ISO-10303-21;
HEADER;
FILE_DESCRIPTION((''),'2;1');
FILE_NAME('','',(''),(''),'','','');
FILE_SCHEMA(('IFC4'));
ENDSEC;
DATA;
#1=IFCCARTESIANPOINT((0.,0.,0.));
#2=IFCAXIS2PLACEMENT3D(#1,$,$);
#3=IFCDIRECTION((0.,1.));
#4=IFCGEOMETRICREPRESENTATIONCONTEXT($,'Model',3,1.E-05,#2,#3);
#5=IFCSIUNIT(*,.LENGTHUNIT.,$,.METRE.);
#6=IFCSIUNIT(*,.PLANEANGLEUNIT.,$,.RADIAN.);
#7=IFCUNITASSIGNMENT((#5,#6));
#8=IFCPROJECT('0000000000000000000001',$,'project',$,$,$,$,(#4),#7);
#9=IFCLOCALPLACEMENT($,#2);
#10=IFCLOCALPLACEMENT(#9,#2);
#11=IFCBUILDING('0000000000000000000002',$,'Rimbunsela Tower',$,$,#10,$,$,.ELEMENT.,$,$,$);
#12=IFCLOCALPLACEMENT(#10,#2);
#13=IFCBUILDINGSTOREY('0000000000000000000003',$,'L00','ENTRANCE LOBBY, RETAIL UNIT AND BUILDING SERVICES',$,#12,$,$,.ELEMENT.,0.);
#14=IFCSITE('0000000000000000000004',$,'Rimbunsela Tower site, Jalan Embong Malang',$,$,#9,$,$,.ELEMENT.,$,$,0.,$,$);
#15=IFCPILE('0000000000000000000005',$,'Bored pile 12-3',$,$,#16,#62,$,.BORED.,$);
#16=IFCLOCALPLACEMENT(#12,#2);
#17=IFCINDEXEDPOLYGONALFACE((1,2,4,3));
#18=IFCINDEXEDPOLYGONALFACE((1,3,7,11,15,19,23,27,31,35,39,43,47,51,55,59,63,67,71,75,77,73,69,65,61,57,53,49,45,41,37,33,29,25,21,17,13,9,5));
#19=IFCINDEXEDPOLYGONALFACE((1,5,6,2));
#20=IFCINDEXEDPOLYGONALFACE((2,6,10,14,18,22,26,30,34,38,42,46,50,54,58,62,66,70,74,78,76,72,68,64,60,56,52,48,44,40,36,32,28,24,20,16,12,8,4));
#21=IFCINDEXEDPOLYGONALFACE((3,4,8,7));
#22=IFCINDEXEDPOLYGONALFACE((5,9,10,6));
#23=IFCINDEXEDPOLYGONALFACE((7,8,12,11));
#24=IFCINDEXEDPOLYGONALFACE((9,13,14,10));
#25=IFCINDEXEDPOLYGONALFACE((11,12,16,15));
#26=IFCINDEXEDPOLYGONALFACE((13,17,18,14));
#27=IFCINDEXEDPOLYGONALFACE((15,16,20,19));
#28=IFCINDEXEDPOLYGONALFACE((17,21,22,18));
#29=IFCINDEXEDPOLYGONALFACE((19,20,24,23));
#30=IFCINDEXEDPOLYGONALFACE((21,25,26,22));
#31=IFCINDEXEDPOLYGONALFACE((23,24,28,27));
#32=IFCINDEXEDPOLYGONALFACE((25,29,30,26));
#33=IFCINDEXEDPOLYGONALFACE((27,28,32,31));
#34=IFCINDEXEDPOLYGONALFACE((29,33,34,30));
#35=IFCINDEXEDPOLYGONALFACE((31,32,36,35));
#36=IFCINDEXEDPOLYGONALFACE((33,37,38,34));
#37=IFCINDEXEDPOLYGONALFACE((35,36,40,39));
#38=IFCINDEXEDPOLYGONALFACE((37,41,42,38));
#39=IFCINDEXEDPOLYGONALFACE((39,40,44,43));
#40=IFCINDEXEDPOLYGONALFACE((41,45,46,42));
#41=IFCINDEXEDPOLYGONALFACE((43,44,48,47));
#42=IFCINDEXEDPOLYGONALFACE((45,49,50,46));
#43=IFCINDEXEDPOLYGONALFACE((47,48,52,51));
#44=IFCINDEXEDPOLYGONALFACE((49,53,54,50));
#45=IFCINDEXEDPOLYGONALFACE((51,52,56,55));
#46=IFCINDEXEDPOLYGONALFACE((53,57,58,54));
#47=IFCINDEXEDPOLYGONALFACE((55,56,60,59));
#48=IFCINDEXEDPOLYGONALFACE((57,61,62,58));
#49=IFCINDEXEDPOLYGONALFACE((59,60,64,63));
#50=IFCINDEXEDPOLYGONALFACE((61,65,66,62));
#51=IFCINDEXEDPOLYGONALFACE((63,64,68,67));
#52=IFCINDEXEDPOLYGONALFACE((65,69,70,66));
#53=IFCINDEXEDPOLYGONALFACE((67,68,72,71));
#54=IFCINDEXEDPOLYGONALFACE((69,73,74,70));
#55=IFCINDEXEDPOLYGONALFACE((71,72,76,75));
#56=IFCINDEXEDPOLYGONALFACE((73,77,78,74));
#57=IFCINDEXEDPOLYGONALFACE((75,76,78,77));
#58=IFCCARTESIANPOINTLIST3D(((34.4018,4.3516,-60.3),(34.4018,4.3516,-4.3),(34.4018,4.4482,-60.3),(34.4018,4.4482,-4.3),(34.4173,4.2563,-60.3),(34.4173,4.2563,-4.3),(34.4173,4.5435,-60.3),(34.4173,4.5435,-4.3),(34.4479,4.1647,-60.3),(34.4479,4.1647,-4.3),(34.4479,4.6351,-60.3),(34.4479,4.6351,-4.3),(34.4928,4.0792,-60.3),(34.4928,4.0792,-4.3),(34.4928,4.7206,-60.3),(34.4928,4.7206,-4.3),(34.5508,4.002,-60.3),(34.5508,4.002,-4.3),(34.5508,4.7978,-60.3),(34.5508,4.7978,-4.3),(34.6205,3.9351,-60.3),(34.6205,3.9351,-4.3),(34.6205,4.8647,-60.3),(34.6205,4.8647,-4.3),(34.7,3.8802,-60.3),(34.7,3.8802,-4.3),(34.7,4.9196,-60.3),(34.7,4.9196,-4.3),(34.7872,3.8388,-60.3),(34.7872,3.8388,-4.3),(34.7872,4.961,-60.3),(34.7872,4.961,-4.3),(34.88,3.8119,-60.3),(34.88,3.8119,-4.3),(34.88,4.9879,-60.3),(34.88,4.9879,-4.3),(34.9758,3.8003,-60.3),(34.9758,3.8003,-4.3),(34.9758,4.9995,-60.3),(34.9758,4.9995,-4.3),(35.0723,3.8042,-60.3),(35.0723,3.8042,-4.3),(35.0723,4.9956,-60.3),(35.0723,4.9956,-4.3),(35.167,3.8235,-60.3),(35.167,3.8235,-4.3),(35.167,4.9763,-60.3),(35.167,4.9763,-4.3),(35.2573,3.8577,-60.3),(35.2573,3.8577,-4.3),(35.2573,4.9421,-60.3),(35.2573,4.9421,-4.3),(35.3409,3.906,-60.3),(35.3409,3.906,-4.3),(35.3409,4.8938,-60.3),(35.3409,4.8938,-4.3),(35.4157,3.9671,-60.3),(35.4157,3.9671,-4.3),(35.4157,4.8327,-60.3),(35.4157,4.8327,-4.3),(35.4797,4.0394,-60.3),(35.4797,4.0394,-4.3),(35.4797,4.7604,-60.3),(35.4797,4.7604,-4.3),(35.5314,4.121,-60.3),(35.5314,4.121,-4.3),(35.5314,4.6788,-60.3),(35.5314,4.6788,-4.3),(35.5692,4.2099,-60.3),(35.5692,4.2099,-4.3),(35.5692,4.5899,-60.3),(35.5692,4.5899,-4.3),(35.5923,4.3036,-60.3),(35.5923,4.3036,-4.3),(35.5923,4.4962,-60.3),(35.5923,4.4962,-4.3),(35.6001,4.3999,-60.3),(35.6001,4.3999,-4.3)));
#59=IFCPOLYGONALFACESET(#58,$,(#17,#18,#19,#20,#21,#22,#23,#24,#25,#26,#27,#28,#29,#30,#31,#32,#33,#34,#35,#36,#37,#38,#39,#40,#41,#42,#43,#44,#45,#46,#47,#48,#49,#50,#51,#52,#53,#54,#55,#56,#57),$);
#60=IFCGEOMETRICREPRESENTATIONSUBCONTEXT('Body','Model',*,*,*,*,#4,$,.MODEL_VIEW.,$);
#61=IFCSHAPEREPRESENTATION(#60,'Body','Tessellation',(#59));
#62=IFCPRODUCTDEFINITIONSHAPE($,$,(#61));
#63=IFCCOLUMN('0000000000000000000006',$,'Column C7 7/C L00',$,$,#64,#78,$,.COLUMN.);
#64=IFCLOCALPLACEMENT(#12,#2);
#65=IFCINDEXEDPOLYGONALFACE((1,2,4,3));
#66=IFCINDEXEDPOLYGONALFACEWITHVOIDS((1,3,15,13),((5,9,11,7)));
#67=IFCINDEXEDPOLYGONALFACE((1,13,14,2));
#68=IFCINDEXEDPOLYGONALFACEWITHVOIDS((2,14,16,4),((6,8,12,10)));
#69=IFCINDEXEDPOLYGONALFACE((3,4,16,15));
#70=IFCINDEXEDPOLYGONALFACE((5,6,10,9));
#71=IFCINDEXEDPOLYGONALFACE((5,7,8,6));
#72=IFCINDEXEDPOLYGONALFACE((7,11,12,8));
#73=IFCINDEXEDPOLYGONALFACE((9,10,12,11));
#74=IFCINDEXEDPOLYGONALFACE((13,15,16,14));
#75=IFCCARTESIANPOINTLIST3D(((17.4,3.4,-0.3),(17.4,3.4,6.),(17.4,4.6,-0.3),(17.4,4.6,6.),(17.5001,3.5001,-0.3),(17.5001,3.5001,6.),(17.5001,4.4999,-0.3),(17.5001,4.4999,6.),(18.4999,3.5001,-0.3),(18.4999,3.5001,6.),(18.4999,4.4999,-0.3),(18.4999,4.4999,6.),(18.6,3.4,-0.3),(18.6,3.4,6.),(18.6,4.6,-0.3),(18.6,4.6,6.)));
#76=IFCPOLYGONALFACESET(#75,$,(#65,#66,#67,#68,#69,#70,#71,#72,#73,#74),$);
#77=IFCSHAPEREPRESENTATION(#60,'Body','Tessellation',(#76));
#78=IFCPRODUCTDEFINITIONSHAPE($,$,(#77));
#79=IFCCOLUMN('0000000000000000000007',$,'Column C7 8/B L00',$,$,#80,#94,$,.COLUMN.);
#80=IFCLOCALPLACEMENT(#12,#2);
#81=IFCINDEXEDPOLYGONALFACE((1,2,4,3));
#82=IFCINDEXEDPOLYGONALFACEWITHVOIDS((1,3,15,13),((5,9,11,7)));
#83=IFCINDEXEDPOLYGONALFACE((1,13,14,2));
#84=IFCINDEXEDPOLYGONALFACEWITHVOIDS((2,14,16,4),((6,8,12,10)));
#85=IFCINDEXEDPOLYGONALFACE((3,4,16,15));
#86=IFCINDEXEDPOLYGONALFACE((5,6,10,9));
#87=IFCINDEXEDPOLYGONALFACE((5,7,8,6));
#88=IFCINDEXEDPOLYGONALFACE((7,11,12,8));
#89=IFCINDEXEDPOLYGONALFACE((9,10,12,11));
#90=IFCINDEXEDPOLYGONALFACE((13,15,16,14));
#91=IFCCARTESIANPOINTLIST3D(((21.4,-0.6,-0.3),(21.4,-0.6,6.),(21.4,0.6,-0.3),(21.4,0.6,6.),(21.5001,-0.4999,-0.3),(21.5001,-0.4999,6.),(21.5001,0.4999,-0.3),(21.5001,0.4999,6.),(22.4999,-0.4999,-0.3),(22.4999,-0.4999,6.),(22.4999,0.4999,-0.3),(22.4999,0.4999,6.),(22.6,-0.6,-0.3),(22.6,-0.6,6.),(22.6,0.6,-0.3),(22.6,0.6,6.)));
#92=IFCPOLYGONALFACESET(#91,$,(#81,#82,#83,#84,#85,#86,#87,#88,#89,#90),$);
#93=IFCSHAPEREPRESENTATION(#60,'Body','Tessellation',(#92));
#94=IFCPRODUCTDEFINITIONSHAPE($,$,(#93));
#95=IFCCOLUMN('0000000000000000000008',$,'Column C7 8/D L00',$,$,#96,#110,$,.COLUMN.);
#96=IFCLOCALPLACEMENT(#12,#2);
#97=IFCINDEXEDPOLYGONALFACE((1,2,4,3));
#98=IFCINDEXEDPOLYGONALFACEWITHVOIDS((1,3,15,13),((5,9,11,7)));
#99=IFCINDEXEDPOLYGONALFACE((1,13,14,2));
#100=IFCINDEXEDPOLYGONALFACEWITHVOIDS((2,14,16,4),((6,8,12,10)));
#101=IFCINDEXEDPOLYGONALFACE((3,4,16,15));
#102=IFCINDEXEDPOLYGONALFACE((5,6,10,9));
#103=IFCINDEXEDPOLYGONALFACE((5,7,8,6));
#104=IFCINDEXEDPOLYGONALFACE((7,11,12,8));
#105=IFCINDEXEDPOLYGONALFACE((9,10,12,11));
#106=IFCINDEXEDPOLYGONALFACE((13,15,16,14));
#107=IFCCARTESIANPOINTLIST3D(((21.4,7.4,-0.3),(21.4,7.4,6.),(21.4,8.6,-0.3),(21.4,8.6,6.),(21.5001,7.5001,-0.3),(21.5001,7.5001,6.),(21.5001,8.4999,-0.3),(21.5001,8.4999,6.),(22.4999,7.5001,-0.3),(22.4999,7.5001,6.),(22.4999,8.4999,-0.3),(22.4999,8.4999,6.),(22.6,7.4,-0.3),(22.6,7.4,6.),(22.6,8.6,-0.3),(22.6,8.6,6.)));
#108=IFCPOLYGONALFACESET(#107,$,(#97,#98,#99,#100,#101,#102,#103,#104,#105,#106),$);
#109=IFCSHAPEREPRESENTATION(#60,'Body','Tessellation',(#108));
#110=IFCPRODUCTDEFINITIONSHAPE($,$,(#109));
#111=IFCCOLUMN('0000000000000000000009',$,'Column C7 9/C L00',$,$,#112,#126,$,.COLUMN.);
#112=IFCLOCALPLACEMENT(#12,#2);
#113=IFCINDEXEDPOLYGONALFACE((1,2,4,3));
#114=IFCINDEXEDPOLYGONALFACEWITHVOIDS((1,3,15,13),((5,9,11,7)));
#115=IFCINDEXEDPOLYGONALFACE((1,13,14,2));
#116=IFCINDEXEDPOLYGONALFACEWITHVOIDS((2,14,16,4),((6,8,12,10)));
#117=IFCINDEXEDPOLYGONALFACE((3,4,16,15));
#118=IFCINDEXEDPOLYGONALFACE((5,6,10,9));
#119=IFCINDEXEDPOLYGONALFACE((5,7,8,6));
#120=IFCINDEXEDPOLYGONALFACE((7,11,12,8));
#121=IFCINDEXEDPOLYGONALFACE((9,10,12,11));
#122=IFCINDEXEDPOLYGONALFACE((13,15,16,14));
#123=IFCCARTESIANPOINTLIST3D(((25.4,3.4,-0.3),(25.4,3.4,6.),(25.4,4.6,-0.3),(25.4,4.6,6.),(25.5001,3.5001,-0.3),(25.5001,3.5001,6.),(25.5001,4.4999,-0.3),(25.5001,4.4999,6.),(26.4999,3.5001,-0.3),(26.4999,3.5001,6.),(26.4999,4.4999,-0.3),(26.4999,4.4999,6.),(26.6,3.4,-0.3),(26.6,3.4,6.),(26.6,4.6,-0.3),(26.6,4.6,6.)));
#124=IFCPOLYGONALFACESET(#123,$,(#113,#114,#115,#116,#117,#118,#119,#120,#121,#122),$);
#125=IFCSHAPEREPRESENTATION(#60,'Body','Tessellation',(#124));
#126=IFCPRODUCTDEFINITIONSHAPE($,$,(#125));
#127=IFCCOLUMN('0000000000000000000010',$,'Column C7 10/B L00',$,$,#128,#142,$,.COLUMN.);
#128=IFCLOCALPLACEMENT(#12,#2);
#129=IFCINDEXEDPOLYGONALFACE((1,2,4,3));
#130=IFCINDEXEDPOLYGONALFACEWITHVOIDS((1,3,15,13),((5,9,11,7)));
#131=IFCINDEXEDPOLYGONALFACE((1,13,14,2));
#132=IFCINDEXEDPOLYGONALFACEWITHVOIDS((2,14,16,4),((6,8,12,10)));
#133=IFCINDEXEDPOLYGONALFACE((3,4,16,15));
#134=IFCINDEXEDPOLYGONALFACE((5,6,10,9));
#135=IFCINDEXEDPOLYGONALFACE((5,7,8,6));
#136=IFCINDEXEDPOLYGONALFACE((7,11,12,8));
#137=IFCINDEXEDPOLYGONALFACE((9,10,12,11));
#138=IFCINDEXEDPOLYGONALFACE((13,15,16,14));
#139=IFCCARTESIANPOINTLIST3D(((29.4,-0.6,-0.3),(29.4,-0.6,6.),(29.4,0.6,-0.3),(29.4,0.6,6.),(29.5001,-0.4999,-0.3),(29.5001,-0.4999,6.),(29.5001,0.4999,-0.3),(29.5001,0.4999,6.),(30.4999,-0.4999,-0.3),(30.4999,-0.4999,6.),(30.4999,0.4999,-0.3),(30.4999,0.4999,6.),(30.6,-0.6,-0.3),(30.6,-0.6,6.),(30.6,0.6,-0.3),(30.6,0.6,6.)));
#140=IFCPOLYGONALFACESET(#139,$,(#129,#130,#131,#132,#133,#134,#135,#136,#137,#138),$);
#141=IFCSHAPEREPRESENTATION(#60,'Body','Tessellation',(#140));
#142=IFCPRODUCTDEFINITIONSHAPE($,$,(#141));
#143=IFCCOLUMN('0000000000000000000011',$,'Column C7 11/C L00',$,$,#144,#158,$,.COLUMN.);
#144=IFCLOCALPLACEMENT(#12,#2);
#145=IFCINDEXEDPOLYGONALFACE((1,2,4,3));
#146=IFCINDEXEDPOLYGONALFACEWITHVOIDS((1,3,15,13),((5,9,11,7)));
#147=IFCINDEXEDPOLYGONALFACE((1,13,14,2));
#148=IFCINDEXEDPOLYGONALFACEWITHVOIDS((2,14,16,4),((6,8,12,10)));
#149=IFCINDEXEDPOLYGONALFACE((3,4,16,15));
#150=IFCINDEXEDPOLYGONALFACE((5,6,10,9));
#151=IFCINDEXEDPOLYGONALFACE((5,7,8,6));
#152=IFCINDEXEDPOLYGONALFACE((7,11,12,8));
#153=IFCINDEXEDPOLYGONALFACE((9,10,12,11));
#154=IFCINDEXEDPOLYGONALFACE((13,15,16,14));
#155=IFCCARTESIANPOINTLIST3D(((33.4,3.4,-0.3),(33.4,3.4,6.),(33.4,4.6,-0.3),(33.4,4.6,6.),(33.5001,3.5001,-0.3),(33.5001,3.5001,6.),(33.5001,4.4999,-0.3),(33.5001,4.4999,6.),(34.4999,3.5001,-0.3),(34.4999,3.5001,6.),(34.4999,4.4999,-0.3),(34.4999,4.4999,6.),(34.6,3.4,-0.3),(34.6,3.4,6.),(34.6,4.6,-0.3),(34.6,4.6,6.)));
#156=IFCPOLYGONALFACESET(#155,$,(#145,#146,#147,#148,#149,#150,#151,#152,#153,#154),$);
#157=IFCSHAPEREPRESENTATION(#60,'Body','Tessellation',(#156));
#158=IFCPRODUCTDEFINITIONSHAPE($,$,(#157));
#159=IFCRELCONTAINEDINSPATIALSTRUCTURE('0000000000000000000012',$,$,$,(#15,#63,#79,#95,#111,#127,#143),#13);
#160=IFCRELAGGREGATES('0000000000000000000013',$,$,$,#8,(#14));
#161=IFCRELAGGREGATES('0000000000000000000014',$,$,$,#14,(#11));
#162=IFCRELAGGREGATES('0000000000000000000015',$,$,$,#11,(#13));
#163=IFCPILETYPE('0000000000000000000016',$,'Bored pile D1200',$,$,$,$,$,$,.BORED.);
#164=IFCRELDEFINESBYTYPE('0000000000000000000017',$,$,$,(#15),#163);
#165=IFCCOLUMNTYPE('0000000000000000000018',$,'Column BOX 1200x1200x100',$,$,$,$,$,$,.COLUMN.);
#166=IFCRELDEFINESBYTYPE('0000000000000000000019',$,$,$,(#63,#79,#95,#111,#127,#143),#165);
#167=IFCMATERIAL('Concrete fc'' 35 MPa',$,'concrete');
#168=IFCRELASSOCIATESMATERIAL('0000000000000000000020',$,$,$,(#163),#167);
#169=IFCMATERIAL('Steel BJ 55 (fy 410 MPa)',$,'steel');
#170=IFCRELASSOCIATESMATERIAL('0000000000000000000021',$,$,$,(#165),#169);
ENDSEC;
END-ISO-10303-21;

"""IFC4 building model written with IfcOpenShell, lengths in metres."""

from ifc_helpers import new_model, si_unit, direction, frame, origin, origin_2d, place, context, subcontext, project, spatial, hollow_rectangle, circle, extrude, material, material_profile, profile_set, type_object, element, save


model = new_model("IFC4")

# Units and contexts
model_context = context("Model", 3, precision=1e-05, world=origin(), true_north=direction((0.0, 1.0)))
body_context = subcontext(model_context, "Body", "Model", "MODEL_VIEW")
ifc_project = project(units=[si_unit("LENGTHUNIT", "METRE"), si_unit("PLANEANGLEUNIT", "RADIAN")], contexts=[model_context])

# Site, building, storey
site_placement = place(None, origin())
site = spatial("IfcSite", under=ifc_project, at=site_placement, Name="Rimbunsela Tower site, Jalan Embong Malang", CompositionType="ELEMENT", RefElevation=0.0)
building_placement = place(site_placement, origin())
building = spatial("IfcBuilding", under=site, at=building_placement, Name="Rimbunsela Tower", CompositionType="ELEMENT")
storey_placement = place(building_placement, origin())
storey = spatial("IfcBuildingStorey", under=building, at=storey_placement, Name="L00", Description="ENTRANCE LOBBY, RETAIL UNIT AND BUILDING SERVICES", CompositionType="ELEMENT", Elevation=0.0)

# Pile
ifc_material_1 = material(Name="Concrete fc' 35 MPa", Category="concrete")
ifc_material_profile_1 = material_profile(ifc_material_1, circle(Radius=0.6001, at=origin_2d()), Name="BP D1200")
ifc_profile_set_1 = profile_set([ifc_material_profile_1], Name="Concrete fc' 35 MPa")
pile_type = type_object("IfcPileType", Name="Bored pile D1200", PredefinedType="BORED", material=ifc_profile_set_1)
for number, where, z_axis, x_axis, name in (
    (1, (35.0, 4.3999, -4.3), (0.0, 0.0, -1.0), (1.0, 0.0, 0.0), "Bored pile 12-3"),
):
    element("IfcPile", number, at=place(storey_placement, frame(where, z_axis=z_axis, x_axis=x_axis)), inside=storey, type_object=pile_type, Name=name, PredefinedType="BORED", context=body_context, shape_type="SweptSolid", body=[
        extrude(circle(Radius=0.6001, at=origin_2d()), origin(), (0.0, 0.0, 1.0), 56.0),
    ])

# Columns
ifc_material_2 = material(Name="Steel BJ 55 (fy 410 MPa)", Category="steel")
ifc_material_profile_2 = material_profile(ifc_material_2, hollow_rectangle(XDim=1.2, YDim=1.2, WallThickness=0.1001, at=origin_2d()), Name="BOX 1200x1200x100")
ifc_profile_set_2 = profile_set([ifc_material_profile_2], Name="Steel BJ 55 (fy 410 MPa)")
column_type = type_object("IfcColumnType", Name="Column BOX 1200x1200x100", PredefinedType="COLUMN", material=ifc_profile_set_2)
for number, where, z_axis, x_axis, name in (
    (2, (18.0, 4.0, -0.3), (0.0, 0.0, 1.0), (1.0, 0.0, 0.0), "Column C7 7/C L00"),
    (3, (22.0, 0.0, -0.3), (0.0, 0.0, 1.0), (1.0, 0.0, 0.0), "Column C7 8/B L00"),
    (4, (22.0, 8.0, -0.3), (0.0, 0.0, 1.0), (1.0, 0.0, 0.0), "Column C7 8/D L00"),
    (5, (26.0, 4.0, -0.3), (0.0, 0.0, 1.0), (1.0, 0.0, 0.0), "Column C7 9/C L00"),
    (6, (30.0, 0.0, -0.3), (0.0, 0.0, 1.0), (1.0, 0.0, 0.0), "Column C7 10/B L00"),
    (7, (34.0, 4.0, -0.3), (0.0, 0.0, 1.0), (1.0, 0.0, 0.0), "Column C7 11/C L00"),
):
    element("IfcColumn", number, at=place(storey_placement, frame(where, z_axis=z_axis, x_axis=x_axis)), inside=storey, type_object=column_type, Name=name, PredefinedType="COLUMN", context=body_context, shape_type="SweptSolid", body=[
        extrude(hollow_rectangle(XDim=1.2, YDim=1.2, WallThickness=0.1001, at=origin_2d()), origin(), (0.0, 0.0, 1.0), 6.3),
    ])

save(model, "model.ifc")
